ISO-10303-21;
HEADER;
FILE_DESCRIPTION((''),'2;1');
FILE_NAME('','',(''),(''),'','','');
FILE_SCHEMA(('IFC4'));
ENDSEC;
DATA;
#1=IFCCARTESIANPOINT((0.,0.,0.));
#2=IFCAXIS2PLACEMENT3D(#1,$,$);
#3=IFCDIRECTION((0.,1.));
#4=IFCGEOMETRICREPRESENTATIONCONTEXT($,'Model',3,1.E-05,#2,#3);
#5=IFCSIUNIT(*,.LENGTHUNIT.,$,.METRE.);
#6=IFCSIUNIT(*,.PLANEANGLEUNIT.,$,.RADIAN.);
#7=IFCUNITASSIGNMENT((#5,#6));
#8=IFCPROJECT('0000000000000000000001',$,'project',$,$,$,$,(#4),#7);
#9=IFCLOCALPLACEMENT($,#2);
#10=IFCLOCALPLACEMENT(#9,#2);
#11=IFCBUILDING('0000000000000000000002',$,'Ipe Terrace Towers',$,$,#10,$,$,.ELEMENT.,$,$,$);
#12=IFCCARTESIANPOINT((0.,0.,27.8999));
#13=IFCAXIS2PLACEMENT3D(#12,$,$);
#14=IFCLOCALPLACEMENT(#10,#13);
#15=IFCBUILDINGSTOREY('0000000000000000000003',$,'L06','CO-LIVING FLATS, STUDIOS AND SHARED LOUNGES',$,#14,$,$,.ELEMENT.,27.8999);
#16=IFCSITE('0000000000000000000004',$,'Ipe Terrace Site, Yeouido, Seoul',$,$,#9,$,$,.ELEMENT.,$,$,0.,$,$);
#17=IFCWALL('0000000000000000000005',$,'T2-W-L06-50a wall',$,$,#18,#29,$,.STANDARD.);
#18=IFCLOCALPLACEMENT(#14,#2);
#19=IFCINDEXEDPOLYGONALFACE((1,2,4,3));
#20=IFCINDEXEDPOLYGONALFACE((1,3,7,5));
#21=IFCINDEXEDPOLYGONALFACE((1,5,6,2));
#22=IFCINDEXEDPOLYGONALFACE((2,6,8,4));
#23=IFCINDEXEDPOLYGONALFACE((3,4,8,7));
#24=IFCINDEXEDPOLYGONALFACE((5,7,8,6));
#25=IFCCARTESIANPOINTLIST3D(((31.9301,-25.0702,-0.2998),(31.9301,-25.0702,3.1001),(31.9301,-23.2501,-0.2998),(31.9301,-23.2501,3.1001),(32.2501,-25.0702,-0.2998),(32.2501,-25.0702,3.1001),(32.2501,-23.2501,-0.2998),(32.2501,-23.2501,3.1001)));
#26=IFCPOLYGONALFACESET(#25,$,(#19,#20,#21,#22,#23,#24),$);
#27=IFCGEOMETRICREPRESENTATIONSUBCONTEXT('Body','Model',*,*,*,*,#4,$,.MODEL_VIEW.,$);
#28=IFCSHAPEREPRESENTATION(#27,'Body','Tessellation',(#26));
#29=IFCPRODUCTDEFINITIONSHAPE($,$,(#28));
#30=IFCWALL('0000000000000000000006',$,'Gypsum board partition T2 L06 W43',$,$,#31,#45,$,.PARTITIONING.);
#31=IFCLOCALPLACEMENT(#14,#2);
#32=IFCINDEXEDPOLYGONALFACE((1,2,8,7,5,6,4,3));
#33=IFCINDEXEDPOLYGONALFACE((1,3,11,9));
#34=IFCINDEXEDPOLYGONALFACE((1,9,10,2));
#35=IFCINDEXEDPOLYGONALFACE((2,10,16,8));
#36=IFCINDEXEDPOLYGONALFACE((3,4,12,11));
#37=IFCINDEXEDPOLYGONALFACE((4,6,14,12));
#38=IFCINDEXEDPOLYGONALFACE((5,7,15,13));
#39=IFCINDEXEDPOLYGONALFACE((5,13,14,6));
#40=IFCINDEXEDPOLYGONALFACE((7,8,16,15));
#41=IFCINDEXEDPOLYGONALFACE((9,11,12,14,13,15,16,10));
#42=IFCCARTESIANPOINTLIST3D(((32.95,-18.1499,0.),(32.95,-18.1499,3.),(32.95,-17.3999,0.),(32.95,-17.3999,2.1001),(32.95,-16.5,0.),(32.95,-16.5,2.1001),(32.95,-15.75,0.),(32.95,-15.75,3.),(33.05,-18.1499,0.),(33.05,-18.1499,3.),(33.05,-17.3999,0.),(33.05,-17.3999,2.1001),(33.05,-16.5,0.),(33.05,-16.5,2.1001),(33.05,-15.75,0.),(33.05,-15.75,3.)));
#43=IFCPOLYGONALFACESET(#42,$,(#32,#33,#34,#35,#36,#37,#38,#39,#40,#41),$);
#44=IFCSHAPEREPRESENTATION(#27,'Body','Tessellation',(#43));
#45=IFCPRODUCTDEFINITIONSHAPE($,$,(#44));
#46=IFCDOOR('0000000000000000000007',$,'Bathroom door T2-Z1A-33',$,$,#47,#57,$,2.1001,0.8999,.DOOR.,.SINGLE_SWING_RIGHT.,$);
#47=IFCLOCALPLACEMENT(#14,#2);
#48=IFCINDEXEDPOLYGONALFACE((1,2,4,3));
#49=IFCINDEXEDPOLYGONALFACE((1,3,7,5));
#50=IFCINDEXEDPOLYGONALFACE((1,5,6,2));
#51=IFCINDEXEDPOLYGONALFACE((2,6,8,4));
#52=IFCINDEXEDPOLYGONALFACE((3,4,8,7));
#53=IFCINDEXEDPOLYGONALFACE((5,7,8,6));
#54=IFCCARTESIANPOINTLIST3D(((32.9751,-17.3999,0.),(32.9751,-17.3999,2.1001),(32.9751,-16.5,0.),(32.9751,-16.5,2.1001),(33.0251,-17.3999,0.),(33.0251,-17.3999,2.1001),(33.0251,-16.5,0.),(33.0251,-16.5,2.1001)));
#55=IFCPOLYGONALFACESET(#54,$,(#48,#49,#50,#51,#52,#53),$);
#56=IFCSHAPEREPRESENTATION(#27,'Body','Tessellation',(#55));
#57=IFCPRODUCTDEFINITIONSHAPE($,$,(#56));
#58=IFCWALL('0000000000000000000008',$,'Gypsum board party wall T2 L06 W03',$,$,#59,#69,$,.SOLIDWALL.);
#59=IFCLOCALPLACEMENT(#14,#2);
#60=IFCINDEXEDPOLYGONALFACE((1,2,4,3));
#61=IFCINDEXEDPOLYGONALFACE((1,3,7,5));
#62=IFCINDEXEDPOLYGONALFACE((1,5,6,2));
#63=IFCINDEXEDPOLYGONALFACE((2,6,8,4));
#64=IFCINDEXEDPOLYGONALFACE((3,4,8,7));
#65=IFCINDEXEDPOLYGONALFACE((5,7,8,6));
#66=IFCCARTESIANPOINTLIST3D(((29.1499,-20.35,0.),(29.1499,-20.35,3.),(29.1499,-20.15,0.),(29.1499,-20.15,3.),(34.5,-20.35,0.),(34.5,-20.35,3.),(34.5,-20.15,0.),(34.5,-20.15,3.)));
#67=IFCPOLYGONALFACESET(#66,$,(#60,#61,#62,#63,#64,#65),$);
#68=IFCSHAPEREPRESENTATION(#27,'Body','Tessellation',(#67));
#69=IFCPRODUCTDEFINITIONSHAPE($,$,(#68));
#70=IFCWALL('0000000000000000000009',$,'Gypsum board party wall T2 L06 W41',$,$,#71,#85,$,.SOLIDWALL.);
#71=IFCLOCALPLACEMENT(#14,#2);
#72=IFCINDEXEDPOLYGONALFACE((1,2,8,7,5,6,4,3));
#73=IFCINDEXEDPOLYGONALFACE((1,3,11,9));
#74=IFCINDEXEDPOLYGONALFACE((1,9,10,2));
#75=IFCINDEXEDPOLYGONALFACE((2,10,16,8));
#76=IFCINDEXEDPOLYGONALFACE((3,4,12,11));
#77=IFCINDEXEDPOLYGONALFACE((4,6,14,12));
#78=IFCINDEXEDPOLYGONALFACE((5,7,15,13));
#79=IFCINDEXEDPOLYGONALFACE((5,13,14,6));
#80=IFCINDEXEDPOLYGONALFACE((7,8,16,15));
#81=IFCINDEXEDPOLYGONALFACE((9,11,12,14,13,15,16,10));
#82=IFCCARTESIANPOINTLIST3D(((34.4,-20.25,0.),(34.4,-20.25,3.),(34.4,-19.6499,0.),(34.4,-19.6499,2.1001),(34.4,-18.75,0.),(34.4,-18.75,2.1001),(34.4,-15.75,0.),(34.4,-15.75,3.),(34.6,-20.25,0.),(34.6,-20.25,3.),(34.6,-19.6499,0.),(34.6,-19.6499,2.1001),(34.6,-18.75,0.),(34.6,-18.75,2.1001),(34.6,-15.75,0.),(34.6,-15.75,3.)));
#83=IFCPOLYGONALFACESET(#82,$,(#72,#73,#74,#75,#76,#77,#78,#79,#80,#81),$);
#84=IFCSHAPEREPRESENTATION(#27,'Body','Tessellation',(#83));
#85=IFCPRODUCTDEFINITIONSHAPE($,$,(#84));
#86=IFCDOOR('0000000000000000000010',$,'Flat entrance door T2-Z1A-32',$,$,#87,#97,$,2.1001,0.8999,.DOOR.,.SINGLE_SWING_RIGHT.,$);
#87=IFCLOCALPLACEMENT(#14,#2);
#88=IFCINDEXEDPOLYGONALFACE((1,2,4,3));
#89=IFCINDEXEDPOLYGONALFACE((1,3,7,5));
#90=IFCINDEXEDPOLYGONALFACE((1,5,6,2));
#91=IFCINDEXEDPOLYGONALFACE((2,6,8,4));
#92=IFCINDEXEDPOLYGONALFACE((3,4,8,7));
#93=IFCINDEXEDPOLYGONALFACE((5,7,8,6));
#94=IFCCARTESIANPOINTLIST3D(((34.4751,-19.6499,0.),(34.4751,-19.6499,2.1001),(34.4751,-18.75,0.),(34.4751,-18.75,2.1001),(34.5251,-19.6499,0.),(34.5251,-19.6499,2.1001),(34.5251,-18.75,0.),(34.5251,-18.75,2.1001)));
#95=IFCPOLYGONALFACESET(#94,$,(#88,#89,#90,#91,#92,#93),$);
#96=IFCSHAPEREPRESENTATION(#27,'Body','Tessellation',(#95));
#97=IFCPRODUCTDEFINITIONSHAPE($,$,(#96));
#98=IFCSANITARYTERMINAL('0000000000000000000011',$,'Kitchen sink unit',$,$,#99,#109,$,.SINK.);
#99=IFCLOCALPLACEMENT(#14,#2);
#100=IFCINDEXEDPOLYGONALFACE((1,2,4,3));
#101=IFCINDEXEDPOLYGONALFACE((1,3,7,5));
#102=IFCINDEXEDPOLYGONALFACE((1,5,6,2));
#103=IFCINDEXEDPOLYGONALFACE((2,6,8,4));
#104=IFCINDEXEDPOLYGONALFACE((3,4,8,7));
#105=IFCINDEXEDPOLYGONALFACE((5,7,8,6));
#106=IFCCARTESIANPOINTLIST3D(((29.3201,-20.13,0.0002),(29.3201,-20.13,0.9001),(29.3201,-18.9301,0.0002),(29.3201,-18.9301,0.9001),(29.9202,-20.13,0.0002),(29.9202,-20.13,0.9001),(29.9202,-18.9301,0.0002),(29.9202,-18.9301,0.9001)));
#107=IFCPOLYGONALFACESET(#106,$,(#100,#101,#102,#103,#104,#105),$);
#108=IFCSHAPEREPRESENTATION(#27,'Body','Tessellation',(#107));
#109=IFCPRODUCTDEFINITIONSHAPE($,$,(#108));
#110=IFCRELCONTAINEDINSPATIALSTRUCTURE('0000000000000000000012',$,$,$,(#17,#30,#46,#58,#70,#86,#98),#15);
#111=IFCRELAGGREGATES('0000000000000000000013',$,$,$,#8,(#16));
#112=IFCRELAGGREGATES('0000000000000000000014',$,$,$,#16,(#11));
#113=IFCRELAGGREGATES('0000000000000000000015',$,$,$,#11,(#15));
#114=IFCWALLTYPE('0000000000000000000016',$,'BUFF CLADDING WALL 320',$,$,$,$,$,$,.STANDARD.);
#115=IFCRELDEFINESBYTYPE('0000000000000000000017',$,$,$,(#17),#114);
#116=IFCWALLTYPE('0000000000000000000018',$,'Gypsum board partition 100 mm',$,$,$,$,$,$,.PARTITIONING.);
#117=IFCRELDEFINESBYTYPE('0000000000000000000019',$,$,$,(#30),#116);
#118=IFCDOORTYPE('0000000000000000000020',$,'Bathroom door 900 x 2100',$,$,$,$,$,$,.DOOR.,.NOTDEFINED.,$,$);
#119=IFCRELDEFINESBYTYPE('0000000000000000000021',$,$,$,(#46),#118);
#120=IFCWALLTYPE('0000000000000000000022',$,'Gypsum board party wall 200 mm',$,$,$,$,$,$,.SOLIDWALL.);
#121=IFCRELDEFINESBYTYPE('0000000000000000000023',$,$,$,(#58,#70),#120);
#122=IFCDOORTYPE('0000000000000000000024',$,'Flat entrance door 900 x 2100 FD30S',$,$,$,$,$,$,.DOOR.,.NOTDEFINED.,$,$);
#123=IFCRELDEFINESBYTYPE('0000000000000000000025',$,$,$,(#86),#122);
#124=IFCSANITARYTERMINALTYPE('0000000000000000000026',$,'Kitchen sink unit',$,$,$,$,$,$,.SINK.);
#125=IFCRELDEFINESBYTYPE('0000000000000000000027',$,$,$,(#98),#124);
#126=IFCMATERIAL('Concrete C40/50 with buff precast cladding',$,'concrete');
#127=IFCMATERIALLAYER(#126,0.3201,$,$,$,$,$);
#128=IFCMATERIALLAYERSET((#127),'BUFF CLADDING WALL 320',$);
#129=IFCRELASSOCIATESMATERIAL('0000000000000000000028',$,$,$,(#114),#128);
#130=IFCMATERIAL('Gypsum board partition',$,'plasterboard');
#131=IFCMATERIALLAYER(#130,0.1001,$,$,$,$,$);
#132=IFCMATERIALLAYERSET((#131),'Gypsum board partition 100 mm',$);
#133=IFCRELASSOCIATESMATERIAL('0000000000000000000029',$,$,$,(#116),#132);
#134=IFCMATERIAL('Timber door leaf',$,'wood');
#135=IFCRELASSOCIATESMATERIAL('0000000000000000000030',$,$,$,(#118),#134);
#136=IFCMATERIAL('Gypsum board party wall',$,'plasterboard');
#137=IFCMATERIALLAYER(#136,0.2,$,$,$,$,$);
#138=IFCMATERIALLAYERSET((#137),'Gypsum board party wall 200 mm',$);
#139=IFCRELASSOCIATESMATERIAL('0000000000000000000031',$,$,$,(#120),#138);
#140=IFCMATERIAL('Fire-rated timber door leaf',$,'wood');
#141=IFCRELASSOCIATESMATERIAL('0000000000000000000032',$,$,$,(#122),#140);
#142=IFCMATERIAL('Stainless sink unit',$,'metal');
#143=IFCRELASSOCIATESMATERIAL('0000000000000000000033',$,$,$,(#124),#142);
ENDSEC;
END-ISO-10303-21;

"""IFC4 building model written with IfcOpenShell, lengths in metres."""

from ifc_helpers import new_model, si_unit, direction, frame, frame_2d, origin, origin_2d, place, context, subcontext, project, spatial, rectangle, extrude, material, layer, layer_set, type_object, element, fill, save


model = new_model("IFC4")

# Units and contexts
model_context = context("Model", 3, precision=1e-05, world=origin(), true_north=direction((0.0, 1.0)))
body_context = subcontext(model_context, "Body", "Model", "MODEL_VIEW")
ifc_project = project(units=[si_unit("LENGTHUNIT", "METRE"), si_unit("PLANEANGLEUNIT", "RADIAN")], contexts=[model_context])

# Site, building, storey
site_placement = place(None, origin())
site = spatial("IfcSite", under=ifc_project, at=site_placement, Name="Ipe Terrace Site, Yeouido, Seoul", CompositionType="ELEMENT", RefElevation=0.0)
building_placement = place(site_placement, origin())
building = spatial("IfcBuilding", under=site, at=building_placement, Name="Ipe Terrace Towers", CompositionType="ELEMENT")
storey_placement = place(building_placement, frame((0.0, 0.0, 27.8999)))
storey = spatial("IfcBuildingStorey", under=building, at=storey_placement, Name="L06", Description="CO-LIVING FLATS, STUDIOS AND SHARED LOUNGES", CompositionType="ELEMENT", Elevation=27.8999)

# Wall
ifc_material_1 = material(Name="Concrete C40/50 with buff precast cladding", Category="concrete")
ifc_layer_1 = layer(ifc_material_1, 0.3201)
ifc_layer_set_1 = layer_set([ifc_layer_1], Name="BUFF CLADDING WALL 320")
wall_type_1 = type_object("IfcWallType", Name="BUFF CLADDING WALL 320", PredefinedType="STANDARD", material=ifc_layer_set_1)
wall_1_placement = place(storey_placement, frame((32.0901, -23.25, -0.2998), z_axis=(0.0, 0.0, 1.0), x_axis=(0.0, -1.0, 0.0)))
element("IfcWall", 1, at=wall_1_placement, inside=storey, type_object=wall_type_1, Name="T2-W-L06-50a wall", PredefinedType="STANDARD", context=body_context, shape_type="SweptSolid", body=[
    extrude(rectangle(XDim=1.8201, YDim=0.3201, at=frame_2d((0.9102, 0.0))), origin(), (0.0, 0.0, 1.0), 3.3999),
])

# Wall, opening, door
ifc_material_2 = material(Name="Gypsum board partition", Category="plasterboard")
ifc_layer_2 = layer(ifc_material_2, 0.1001)
ifc_layer_set_2 = layer_set([ifc_layer_2], Name="Gypsum board partition 100 mm")
wall_type_2 = type_object("IfcWallType", Name="Gypsum board partition 100 mm", PredefinedType="PARTITIONING", material=ifc_layer_set_2)
wall_2_placement = place(storey_placement, frame((33.0, -18.1499, 0.0), z_axis=(0.0, 0.0, 1.0), x_axis=(0.0, 1.0, 0.0)))
wall_2 = element("IfcWall", 2, at=wall_2_placement, inside=storey, type_object=wall_type_2, Name="Gypsum board partition T2 L06 W43", PredefinedType="PARTITIONING", context=body_context, shape_type="SweptSolid", body=[
    extrude(rectangle(XDim=2.3999, YDim=0.1001, at=frame_2d((1.2, 0.0))), origin(), (0.0, 0.0, 1.0), 3.0),
])
opening_1_placement = place(wall_2_placement, frame((0.75, 0.0, 0.0)))
opening_1 = element("IfcOpeningElement", 3, at=opening_1_placement, cuts=wall_2, PredefinedType="OPENING", context=body_context, shape_type="SweptSolid", body=[
    extrude(rectangle(XDim=0.8999, YDim=2.1001, at=frame_2d((0.45, 1.05))), frame((0.0, 0.0601, 0.0), z_axis=(0.0, -1.0, 0.0), x_axis=(1.0, 0.0, 0.0)), (0.0, 0.0, 1.0), 0.1201),
])
ifc_material_3 = material(Name="Timber door leaf", Category="wood")
door_type_1 = type_object("IfcDoorType", Name="Bathroom door 900 x 2100", OperationType="NOTDEFINED", PredefinedType="DOOR", material=ifc_material_3)
door_1_placement = place(opening_1_placement, origin())
door_1 = element("IfcDoor", 4, at=door_1_placement, inside=storey, type_object=door_type_1, Name="Bathroom door T2-Z1A-33", OperationType="SINGLE_SWING_RIGHT", OverallHeight=2.1001, OverallWidth=0.8999, PredefinedType="DOOR", context=body_context, shape_type="SweptSolid", body=[
    extrude(rectangle(XDim=0.8999, YDim=2.1001, at=frame_2d((0.45, 1.05))), frame((0.0, 0.0249, 0.0), z_axis=(0.0, -1.0, 0.0), x_axis=(1.0, 0.0, 0.0)), (0.0, 0.0, 1.0), 0.05),
])
fill(opening_1, door_1)

# Wall
ifc_material_4 = material(Name="Gypsum board party wall", Category="plasterboard")
ifc_layer_3 = layer(ifc_material_4, 0.2)
ifc_layer_set_3 = layer_set([ifc_layer_3], Name="Gypsum board party wall 200 mm")
wall_type_3 = type_object("IfcWallType", Name="Gypsum board party wall 200 mm", PredefinedType="SOLIDWALL", material=ifc_layer_set_3)
wall_3_placement = place(storey_placement, frame((34.5, -20.25, 0.0), z_axis=(0.0, 0.0, 1.0), x_axis=(-1.0, 0.0, 0.0)))
element("IfcWall", 5, at=wall_3_placement, inside=storey, type_object=wall_type_3, Name="Gypsum board party wall T2 L06 W03", PredefinedType="SOLIDWALL", context=body_context, shape_type="SweptSolid", body=[
    extrude(rectangle(XDim=5.3501, YDim=0.2, at=frame_2d((2.675, 0.0))), origin(), (0.0, 0.0, 1.0), 3.0),
])

# Wall, opening, door
wall_4_placement = place(storey_placement, frame((34.5, -20.25, 0.0), z_axis=(0.0, 0.0, 1.0), x_axis=(0.0, 1.0, 0.0)))
wall_4 = element("IfcWall", 6, at=wall_4_placement, inside=storey, type_object=wall_type_3, Name="Gypsum board party wall T2 L06 W41", PredefinedType="SOLIDWALL", context=body_context, shape_type="SweptSolid", body=[
    extrude(rectangle(XDim=4.5, YDim=0.2, at=frame_2d((2.25, 0.0))), origin(), (0.0, 0.0, 1.0), 3.0),
])
opening_2_placement = place(wall_4_placement, frame((0.6001, 0.0, 0.0)))
opening_2 = element("IfcOpeningElement", 7, at=opening_2_placement, cuts=wall_4, PredefinedType="OPENING", context=body_context, shape_type="SweptSolid", body=[
    extrude(rectangle(XDim=0.8999, YDim=2.1001, at=frame_2d((0.45, 1.05))), frame((0.0, 0.1099, 0.0), z_axis=(0.0, -1.0, 0.0), x_axis=(1.0, 0.0, 0.0)), (0.0, 0.0, 1.0), 0.22),
])
ifc_material_5 = material(Name="Fire-rated timber door leaf", Category="wood")
door_type_2 = type_object("IfcDoorType", Name="Flat entrance door 900 x 2100 FD30S", OperationType="NOTDEFINED", PredefinedType="DOOR", material=ifc_material_5)
door_2_placement = place(opening_2_placement, origin())
door_2 = element("IfcDoor", 8, at=door_2_placement, inside=storey, type_object=door_type_2, Name="Flat entrance door T2-Z1A-32", OperationType="SINGLE_SWING_RIGHT", OverallHeight=2.1001, OverallWidth=0.8999, PredefinedType="DOOR", context=body_context, shape_type="SweptSolid", body=[
    extrude(rectangle(XDim=0.8999, YDim=2.1001, at=frame_2d((0.45, 1.05))), frame((0.0, 0.0249, 0.0), z_axis=(0.0, -1.0, 0.0), x_axis=(1.0, 0.0, 0.0)), (0.0, 0.0, 1.0), 0.05),
])
fill(opening_2, door_2)

# Sanitary terminal
ifc_material_6 = material(Name="Stainless sink unit", Category="metal")
sanitary_terminal_type = type_object("IfcSanitaryTerminalType", Name="Kitchen sink unit", PredefinedType="SINK", material=ifc_material_6)
sanitary_terminal_placement = place(storey_placement, frame((29.6201, -19.53, 0.0002), z_axis=(0.0, 0.0, 1.0), x_axis=(0.0, 1.0, 0.0)))
element("IfcSanitaryTerminal", 9, at=sanitary_terminal_placement, inside=storey, type_object=sanitary_terminal_type, Name="Kitchen sink unit", PredefinedType="SINK", context=body_context, shape_type="SweptSolid", body=[
    extrude(rectangle(XDim=1.2, YDim=0.6001, at=origin_2d()), origin(), (0.0, 0.0, 1.0), 0.8999),
])

save(model, "model.ifc")
